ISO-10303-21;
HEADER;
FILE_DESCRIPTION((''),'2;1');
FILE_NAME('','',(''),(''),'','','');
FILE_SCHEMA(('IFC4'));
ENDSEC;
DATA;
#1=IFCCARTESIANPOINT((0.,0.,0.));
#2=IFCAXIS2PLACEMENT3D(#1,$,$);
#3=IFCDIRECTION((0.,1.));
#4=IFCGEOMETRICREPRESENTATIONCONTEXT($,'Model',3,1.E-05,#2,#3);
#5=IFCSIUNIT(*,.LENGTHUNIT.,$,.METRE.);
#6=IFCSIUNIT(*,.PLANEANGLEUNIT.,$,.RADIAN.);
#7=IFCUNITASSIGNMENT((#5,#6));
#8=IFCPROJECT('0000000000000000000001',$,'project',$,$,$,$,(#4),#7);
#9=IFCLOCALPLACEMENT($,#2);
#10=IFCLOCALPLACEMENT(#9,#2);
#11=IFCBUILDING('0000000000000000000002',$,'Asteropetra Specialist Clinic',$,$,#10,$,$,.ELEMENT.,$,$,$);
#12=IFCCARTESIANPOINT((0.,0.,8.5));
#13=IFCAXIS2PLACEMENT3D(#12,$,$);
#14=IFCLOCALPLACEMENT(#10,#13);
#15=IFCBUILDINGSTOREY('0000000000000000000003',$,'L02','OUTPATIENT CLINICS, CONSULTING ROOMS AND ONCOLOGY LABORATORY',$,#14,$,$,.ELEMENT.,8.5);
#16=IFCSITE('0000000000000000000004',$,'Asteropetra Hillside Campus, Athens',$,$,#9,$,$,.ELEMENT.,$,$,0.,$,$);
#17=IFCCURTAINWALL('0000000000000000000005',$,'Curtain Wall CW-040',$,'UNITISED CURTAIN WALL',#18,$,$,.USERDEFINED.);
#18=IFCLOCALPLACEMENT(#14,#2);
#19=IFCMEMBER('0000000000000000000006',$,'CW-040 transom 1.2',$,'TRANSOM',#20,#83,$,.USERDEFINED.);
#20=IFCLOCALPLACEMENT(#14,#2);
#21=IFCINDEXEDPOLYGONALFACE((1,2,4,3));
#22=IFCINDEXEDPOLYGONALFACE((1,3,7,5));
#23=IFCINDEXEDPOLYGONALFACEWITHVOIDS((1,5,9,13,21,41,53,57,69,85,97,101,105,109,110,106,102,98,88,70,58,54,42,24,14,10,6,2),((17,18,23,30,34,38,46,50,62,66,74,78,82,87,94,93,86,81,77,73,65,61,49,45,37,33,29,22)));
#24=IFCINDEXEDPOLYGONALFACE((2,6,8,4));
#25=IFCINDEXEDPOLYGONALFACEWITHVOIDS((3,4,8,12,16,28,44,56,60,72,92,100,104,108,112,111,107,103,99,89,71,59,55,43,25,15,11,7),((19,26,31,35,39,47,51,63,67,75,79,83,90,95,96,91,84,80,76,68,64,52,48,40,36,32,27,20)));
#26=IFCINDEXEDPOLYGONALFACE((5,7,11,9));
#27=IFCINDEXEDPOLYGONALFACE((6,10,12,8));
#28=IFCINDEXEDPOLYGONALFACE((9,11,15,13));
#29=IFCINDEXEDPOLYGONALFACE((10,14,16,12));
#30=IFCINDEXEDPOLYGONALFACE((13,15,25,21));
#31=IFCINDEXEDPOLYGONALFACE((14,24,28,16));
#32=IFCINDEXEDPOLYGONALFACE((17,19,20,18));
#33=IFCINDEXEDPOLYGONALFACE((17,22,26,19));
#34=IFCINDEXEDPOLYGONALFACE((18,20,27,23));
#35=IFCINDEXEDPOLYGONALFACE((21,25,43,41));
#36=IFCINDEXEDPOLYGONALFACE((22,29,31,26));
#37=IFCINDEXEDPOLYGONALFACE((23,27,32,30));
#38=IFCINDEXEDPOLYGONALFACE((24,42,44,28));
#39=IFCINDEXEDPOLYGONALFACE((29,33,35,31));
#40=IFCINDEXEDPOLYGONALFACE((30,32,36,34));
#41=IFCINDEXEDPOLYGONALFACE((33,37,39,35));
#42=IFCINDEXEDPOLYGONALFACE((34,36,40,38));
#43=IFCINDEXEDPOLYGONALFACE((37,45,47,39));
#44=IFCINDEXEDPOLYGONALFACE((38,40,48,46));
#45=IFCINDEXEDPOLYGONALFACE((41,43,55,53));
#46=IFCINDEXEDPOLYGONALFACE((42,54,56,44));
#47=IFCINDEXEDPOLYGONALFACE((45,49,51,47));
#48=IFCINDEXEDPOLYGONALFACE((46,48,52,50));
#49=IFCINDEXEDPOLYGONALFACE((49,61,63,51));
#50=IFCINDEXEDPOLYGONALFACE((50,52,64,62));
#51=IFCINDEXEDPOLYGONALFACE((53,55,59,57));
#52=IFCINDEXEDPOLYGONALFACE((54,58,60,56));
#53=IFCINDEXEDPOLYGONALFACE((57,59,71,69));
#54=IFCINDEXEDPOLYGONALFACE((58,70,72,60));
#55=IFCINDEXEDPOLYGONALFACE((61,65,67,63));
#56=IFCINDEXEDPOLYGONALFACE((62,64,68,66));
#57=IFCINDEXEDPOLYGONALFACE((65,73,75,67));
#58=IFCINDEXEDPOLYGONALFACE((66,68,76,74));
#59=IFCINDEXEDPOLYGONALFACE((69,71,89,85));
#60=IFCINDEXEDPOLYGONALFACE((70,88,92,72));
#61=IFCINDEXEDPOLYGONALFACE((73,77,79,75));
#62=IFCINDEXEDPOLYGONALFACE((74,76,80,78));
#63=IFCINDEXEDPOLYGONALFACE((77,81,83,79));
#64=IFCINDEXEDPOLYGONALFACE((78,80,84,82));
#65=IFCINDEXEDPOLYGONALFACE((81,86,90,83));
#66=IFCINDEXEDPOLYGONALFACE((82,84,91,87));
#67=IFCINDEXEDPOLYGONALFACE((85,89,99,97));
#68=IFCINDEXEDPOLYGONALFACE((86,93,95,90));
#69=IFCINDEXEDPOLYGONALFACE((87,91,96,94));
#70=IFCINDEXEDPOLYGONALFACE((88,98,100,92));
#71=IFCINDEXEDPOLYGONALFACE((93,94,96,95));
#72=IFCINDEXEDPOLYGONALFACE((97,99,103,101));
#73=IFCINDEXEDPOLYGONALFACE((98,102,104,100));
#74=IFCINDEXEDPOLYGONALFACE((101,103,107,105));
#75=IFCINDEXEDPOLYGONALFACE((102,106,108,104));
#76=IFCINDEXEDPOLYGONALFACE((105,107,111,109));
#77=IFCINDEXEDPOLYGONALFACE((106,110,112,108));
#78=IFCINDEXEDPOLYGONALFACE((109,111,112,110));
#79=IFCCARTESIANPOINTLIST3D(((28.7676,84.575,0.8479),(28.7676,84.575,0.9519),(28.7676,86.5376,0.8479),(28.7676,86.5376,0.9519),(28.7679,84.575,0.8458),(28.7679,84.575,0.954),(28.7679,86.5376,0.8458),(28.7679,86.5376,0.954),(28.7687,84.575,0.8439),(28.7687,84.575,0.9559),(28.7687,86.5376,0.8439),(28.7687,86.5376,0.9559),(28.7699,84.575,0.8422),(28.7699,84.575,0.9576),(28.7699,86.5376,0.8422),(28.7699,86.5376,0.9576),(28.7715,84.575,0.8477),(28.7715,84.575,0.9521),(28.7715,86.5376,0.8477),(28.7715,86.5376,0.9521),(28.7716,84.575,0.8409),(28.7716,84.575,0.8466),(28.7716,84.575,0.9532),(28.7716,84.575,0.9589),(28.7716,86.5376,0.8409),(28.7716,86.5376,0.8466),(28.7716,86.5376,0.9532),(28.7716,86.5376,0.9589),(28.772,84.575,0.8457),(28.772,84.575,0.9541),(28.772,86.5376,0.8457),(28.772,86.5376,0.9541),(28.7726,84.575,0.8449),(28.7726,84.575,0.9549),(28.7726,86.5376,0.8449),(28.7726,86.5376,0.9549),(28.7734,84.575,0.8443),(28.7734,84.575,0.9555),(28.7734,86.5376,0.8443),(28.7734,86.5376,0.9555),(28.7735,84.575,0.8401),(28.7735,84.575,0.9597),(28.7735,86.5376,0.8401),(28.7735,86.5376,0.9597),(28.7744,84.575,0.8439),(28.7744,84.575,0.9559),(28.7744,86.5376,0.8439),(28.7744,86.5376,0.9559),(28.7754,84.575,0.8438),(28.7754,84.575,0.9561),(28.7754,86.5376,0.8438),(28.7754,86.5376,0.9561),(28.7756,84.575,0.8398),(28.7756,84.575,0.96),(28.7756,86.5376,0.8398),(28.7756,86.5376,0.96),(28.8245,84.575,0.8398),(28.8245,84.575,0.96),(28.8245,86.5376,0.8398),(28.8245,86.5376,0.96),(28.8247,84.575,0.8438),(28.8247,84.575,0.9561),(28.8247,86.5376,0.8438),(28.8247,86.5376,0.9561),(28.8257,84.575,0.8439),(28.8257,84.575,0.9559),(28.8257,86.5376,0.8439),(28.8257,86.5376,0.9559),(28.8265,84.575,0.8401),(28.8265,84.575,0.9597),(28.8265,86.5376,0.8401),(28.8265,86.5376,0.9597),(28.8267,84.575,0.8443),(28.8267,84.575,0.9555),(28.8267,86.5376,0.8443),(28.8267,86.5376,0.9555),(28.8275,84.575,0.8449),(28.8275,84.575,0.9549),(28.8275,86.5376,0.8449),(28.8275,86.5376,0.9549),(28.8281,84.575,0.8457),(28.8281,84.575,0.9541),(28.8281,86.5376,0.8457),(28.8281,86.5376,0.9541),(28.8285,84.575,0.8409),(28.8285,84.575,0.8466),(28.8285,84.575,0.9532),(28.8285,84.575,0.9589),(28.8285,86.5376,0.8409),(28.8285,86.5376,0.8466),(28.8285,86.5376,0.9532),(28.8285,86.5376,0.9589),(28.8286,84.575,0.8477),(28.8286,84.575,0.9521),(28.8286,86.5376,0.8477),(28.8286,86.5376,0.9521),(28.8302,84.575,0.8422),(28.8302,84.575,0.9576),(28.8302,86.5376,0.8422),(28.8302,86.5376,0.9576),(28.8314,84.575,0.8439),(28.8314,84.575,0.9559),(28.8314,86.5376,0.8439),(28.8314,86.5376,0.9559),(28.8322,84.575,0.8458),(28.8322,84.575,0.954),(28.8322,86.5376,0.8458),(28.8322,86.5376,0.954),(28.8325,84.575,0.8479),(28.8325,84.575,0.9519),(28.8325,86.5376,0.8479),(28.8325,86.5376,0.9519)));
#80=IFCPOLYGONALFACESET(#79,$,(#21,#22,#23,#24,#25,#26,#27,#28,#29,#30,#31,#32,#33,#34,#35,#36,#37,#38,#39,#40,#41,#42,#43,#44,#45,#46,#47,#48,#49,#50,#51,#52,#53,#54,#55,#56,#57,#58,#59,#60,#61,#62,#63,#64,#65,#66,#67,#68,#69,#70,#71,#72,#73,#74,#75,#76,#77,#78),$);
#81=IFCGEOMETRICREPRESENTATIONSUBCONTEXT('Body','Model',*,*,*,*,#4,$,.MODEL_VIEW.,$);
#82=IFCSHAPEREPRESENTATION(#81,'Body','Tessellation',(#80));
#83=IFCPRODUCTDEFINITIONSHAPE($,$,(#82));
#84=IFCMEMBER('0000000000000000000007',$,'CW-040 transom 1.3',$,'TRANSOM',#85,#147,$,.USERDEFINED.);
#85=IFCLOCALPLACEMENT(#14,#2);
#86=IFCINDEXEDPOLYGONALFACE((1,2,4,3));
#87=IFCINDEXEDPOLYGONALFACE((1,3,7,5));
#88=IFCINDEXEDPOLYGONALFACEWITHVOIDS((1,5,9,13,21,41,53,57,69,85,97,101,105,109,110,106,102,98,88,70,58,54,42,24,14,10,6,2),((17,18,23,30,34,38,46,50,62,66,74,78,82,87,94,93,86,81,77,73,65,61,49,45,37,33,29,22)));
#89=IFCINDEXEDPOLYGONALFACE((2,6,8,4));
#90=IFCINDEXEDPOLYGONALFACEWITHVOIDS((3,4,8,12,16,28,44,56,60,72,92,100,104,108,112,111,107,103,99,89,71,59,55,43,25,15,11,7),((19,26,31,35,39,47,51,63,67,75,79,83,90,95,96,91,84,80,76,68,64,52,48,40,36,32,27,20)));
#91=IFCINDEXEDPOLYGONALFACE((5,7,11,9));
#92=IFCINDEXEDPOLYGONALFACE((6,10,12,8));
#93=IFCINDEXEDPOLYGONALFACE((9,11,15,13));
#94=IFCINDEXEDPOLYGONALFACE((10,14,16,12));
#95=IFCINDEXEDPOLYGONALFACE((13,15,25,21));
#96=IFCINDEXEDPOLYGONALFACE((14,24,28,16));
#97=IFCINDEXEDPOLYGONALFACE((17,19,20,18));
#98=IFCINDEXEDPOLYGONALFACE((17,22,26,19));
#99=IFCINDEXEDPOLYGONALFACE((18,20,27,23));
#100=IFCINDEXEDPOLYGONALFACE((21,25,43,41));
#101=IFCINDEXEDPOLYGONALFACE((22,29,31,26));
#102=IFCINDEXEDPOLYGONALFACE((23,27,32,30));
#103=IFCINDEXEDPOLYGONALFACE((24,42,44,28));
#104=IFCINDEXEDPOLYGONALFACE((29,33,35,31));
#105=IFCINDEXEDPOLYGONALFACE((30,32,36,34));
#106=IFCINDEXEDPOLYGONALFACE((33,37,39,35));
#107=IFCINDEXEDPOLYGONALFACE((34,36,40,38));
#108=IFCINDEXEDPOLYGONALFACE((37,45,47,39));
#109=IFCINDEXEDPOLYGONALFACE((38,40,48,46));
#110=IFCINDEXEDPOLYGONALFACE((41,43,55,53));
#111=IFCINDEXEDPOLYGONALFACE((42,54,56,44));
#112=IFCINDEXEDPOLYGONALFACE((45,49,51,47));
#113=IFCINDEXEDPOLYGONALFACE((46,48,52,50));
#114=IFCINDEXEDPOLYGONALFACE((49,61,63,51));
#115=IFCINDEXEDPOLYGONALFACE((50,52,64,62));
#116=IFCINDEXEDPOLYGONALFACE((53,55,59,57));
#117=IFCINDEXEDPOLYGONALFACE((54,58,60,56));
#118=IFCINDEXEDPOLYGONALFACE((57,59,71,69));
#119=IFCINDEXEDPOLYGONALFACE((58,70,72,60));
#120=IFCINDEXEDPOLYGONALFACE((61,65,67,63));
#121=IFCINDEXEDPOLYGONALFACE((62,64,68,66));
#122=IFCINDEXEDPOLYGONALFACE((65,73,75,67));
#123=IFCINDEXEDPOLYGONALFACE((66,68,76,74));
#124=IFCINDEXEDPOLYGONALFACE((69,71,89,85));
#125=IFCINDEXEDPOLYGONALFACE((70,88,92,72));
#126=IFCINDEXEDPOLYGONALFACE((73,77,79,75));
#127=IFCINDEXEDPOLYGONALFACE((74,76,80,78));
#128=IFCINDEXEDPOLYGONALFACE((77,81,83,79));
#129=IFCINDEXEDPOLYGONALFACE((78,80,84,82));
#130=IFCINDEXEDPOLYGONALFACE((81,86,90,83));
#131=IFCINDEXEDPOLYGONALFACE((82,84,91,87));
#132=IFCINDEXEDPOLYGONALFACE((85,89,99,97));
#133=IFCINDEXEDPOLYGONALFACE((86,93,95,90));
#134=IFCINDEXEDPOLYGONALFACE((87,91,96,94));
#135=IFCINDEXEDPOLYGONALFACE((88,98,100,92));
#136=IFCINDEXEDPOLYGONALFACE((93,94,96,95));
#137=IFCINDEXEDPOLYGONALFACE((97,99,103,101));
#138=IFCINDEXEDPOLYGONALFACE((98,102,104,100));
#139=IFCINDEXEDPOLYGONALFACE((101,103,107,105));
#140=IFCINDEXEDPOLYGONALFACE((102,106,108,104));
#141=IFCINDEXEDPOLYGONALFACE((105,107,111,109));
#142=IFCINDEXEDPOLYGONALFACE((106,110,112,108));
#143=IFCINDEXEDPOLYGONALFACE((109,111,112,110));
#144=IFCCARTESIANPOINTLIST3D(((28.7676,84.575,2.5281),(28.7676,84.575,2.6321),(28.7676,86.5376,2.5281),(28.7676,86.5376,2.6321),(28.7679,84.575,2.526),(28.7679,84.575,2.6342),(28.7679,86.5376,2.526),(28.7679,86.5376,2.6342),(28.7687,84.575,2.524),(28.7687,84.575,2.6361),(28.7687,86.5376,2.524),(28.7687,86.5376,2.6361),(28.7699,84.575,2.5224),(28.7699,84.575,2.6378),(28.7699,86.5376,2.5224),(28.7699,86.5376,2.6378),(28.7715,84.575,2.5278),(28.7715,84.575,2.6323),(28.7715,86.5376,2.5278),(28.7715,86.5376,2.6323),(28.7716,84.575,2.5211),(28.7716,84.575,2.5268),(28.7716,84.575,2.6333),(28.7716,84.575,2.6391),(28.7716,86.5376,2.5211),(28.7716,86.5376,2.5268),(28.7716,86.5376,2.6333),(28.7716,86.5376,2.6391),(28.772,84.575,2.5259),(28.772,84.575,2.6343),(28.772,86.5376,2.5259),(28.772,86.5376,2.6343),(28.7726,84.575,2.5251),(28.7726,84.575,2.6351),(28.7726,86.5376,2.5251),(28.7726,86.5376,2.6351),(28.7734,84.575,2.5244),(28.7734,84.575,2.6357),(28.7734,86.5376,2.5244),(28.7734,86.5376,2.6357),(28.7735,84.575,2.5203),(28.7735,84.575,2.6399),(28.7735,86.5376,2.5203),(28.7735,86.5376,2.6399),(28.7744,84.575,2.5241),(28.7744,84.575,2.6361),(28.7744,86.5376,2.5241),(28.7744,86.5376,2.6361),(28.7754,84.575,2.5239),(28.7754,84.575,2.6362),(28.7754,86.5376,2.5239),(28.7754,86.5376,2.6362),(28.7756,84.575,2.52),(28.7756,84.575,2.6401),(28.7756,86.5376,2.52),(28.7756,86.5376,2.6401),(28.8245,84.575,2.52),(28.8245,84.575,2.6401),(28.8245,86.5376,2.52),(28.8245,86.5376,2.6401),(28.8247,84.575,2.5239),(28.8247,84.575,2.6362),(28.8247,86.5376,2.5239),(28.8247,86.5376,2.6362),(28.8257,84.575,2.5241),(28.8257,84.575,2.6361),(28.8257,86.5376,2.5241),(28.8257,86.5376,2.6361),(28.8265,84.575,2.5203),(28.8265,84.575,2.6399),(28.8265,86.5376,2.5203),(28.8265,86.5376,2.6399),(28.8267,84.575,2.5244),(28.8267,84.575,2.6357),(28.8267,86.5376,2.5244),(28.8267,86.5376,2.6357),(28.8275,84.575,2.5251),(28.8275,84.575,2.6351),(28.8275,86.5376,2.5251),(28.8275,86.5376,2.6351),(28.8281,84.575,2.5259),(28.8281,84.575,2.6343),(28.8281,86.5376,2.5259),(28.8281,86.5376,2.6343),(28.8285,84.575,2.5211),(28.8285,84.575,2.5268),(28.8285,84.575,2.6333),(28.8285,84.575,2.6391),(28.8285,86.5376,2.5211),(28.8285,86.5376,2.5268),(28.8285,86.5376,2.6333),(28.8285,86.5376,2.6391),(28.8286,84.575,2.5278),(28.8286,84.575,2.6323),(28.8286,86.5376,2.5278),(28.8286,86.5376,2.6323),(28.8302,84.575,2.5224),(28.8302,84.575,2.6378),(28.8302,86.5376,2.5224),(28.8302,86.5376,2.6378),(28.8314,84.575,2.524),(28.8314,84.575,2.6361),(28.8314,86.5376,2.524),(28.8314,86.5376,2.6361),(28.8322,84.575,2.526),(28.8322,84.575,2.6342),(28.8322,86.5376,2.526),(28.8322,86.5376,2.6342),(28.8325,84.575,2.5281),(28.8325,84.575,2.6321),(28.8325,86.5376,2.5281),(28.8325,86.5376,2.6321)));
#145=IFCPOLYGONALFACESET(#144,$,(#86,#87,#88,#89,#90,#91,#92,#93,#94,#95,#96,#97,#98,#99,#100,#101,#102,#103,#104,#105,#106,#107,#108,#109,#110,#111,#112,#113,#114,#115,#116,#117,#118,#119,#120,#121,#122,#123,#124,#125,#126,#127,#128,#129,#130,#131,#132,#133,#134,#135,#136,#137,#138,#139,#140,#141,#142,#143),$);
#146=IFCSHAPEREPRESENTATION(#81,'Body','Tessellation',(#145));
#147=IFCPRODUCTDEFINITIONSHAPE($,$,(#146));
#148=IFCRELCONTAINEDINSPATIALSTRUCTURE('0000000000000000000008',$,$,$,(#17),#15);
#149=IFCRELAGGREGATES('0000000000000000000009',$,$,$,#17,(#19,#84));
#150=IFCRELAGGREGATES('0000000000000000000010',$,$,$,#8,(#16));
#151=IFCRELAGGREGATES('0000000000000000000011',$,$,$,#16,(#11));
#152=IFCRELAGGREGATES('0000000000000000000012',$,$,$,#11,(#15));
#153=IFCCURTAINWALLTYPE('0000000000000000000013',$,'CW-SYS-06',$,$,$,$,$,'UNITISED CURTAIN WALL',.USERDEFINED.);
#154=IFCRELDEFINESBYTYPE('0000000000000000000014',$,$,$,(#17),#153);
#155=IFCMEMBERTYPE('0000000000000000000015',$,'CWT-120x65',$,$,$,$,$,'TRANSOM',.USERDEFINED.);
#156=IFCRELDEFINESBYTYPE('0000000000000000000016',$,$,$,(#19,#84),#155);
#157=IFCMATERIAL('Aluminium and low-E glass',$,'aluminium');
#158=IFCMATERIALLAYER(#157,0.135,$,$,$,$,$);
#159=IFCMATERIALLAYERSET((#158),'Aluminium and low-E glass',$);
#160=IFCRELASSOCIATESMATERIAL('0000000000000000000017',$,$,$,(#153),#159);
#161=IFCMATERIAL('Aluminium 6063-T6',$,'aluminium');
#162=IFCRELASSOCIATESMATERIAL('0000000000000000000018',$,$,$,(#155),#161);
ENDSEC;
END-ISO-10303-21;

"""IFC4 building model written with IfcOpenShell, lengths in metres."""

from ifc_helpers import new_model, si_unit, direction, frame, origin, origin_2d, place, context, subcontext, project, spatial, hollow_rectangle, extrude, material, layer, layer_set, material_profile, profile_set, type_object, element, aggregate, save


model = new_model("IFC4")

# Units and contexts
model_context = context("Model", 3, precision=1e-05, world=origin(), true_north=direction((0.0, 1.0)))
body_context = subcontext(model_context, "Body", "Model", "MODEL_VIEW")
ifc_project = project(units=[si_unit("LENGTHUNIT", "METRE"), si_unit("PLANEANGLEUNIT", "RADIAN")], contexts=[model_context])

# Site, building, storey
site_placement = place(None, origin())
site = spatial("IfcSite", under=ifc_project, at=site_placement, Name="Asteropetra Hillside Campus, Athens", CompositionType="ELEMENT", RefElevation=0.0)
building_placement = place(site_placement, origin())
building = spatial("IfcBuilding", under=site, at=building_placement, Name="Asteropetra Specialist Clinic", CompositionType="ELEMENT")
storey_placement = place(building_placement, frame((0.0, 0.0, 8.5)))
storey = spatial("IfcBuildingStorey", under=building, at=storey_placement, Name="L02", Description="OUTPATIENT CLINICS, CONSULTING ROOMS AND ONCOLOGY LABORATORY", CompositionType="ELEMENT", Elevation=8.5)

# Curtain wall
ifc_material_1 = material(Name="Aluminium and low-E glass", Category="aluminium")
ifc_layer_1 = layer(ifc_material_1, 0.135)
ifc_layer_set_1 = layer_set([ifc_layer_1], Name="Aluminium and low-E glass")
curtain_wall_type_1 = type_object("IfcCurtainWallType", Name="CW-SYS-06", ElementType="UNITISED CURTAIN WALL", PredefinedType="USERDEFINED", material=ifc_layer_set_1)
curtain_wall_1_placement = place(storey_placement, origin())
curtain_wall_1 = element("IfcCurtainWall", 1, at=curtain_wall_1_placement, inside=storey, type_object=curtain_wall_type_1, Name="Curtain Wall CW-040", ObjectType="UNITISED CURTAIN WALL", PredefinedType="USERDEFINED")

# Members
ifc_material_2 = material(Name="Aluminium 6063-T6", Category="aluminium")
ifc_material_profile_1 = material_profile(ifc_material_2, hollow_rectangle(XDim=0.0649, YDim=0.1201, WallThickness=0.0039, InnerFilletRadius=0.0039, OuterFilletRadius=0.0081, at=origin_2d()), Name="TRN 120x65x4.0")
ifc_profile_set_1 = profile_set([ifc_material_profile_1], Name="Aluminium 6063-T6")
member_type_1 = type_object("IfcMemberType", Name="CWT-120x65", ElementType="TRANSOM", PredefinedType="USERDEFINED", material=ifc_profile_set_1)
member_1_placement = place(storey_placement, frame((28.8, 84.575, 0.8999), z_axis=(0.0, 1.0, 0.0), x_axis=(-1.0, 0.0, 0.0)))
member_1 = element("IfcMember", 2, at=member_1_placement, type_object=member_type_1, Name="CW-040 transom 1.2", ObjectType="TRANSOM", PredefinedType="USERDEFINED", context=body_context, shape_type="SweptSolid", body=[
    extrude(hollow_rectangle(XDim=0.0649, YDim=0.1201, WallThickness=0.0039, InnerFilletRadius=0.0039, OuterFilletRadius=0.0081, at=origin_2d()), origin(), (0.0, 0.0, 1.0), 1.9626),
])
member_2_placement = place(storey_placement, frame((28.8, 84.575, 2.5801), z_axis=(0.0, 1.0, 0.0), x_axis=(-1.0, 0.0, 0.0)))
member_2 = element("IfcMember", 3, at=member_2_placement, type_object=member_type_1, Name="CW-040 transom 1.3", ObjectType="TRANSOM", PredefinedType="USERDEFINED", context=body_context, shape_type="SweptSolid", body=[
    extrude(hollow_rectangle(XDim=0.0649, YDim=0.1201, WallThickness=0.0039, InnerFilletRadius=0.0039, OuterFilletRadius=0.0081, at=origin_2d()), origin(), (0.0, 0.0, 1.0), 1.9626),
])

aggregate(curtain_wall_1, [member_1, member_2])

save(model, "model.ifc")
